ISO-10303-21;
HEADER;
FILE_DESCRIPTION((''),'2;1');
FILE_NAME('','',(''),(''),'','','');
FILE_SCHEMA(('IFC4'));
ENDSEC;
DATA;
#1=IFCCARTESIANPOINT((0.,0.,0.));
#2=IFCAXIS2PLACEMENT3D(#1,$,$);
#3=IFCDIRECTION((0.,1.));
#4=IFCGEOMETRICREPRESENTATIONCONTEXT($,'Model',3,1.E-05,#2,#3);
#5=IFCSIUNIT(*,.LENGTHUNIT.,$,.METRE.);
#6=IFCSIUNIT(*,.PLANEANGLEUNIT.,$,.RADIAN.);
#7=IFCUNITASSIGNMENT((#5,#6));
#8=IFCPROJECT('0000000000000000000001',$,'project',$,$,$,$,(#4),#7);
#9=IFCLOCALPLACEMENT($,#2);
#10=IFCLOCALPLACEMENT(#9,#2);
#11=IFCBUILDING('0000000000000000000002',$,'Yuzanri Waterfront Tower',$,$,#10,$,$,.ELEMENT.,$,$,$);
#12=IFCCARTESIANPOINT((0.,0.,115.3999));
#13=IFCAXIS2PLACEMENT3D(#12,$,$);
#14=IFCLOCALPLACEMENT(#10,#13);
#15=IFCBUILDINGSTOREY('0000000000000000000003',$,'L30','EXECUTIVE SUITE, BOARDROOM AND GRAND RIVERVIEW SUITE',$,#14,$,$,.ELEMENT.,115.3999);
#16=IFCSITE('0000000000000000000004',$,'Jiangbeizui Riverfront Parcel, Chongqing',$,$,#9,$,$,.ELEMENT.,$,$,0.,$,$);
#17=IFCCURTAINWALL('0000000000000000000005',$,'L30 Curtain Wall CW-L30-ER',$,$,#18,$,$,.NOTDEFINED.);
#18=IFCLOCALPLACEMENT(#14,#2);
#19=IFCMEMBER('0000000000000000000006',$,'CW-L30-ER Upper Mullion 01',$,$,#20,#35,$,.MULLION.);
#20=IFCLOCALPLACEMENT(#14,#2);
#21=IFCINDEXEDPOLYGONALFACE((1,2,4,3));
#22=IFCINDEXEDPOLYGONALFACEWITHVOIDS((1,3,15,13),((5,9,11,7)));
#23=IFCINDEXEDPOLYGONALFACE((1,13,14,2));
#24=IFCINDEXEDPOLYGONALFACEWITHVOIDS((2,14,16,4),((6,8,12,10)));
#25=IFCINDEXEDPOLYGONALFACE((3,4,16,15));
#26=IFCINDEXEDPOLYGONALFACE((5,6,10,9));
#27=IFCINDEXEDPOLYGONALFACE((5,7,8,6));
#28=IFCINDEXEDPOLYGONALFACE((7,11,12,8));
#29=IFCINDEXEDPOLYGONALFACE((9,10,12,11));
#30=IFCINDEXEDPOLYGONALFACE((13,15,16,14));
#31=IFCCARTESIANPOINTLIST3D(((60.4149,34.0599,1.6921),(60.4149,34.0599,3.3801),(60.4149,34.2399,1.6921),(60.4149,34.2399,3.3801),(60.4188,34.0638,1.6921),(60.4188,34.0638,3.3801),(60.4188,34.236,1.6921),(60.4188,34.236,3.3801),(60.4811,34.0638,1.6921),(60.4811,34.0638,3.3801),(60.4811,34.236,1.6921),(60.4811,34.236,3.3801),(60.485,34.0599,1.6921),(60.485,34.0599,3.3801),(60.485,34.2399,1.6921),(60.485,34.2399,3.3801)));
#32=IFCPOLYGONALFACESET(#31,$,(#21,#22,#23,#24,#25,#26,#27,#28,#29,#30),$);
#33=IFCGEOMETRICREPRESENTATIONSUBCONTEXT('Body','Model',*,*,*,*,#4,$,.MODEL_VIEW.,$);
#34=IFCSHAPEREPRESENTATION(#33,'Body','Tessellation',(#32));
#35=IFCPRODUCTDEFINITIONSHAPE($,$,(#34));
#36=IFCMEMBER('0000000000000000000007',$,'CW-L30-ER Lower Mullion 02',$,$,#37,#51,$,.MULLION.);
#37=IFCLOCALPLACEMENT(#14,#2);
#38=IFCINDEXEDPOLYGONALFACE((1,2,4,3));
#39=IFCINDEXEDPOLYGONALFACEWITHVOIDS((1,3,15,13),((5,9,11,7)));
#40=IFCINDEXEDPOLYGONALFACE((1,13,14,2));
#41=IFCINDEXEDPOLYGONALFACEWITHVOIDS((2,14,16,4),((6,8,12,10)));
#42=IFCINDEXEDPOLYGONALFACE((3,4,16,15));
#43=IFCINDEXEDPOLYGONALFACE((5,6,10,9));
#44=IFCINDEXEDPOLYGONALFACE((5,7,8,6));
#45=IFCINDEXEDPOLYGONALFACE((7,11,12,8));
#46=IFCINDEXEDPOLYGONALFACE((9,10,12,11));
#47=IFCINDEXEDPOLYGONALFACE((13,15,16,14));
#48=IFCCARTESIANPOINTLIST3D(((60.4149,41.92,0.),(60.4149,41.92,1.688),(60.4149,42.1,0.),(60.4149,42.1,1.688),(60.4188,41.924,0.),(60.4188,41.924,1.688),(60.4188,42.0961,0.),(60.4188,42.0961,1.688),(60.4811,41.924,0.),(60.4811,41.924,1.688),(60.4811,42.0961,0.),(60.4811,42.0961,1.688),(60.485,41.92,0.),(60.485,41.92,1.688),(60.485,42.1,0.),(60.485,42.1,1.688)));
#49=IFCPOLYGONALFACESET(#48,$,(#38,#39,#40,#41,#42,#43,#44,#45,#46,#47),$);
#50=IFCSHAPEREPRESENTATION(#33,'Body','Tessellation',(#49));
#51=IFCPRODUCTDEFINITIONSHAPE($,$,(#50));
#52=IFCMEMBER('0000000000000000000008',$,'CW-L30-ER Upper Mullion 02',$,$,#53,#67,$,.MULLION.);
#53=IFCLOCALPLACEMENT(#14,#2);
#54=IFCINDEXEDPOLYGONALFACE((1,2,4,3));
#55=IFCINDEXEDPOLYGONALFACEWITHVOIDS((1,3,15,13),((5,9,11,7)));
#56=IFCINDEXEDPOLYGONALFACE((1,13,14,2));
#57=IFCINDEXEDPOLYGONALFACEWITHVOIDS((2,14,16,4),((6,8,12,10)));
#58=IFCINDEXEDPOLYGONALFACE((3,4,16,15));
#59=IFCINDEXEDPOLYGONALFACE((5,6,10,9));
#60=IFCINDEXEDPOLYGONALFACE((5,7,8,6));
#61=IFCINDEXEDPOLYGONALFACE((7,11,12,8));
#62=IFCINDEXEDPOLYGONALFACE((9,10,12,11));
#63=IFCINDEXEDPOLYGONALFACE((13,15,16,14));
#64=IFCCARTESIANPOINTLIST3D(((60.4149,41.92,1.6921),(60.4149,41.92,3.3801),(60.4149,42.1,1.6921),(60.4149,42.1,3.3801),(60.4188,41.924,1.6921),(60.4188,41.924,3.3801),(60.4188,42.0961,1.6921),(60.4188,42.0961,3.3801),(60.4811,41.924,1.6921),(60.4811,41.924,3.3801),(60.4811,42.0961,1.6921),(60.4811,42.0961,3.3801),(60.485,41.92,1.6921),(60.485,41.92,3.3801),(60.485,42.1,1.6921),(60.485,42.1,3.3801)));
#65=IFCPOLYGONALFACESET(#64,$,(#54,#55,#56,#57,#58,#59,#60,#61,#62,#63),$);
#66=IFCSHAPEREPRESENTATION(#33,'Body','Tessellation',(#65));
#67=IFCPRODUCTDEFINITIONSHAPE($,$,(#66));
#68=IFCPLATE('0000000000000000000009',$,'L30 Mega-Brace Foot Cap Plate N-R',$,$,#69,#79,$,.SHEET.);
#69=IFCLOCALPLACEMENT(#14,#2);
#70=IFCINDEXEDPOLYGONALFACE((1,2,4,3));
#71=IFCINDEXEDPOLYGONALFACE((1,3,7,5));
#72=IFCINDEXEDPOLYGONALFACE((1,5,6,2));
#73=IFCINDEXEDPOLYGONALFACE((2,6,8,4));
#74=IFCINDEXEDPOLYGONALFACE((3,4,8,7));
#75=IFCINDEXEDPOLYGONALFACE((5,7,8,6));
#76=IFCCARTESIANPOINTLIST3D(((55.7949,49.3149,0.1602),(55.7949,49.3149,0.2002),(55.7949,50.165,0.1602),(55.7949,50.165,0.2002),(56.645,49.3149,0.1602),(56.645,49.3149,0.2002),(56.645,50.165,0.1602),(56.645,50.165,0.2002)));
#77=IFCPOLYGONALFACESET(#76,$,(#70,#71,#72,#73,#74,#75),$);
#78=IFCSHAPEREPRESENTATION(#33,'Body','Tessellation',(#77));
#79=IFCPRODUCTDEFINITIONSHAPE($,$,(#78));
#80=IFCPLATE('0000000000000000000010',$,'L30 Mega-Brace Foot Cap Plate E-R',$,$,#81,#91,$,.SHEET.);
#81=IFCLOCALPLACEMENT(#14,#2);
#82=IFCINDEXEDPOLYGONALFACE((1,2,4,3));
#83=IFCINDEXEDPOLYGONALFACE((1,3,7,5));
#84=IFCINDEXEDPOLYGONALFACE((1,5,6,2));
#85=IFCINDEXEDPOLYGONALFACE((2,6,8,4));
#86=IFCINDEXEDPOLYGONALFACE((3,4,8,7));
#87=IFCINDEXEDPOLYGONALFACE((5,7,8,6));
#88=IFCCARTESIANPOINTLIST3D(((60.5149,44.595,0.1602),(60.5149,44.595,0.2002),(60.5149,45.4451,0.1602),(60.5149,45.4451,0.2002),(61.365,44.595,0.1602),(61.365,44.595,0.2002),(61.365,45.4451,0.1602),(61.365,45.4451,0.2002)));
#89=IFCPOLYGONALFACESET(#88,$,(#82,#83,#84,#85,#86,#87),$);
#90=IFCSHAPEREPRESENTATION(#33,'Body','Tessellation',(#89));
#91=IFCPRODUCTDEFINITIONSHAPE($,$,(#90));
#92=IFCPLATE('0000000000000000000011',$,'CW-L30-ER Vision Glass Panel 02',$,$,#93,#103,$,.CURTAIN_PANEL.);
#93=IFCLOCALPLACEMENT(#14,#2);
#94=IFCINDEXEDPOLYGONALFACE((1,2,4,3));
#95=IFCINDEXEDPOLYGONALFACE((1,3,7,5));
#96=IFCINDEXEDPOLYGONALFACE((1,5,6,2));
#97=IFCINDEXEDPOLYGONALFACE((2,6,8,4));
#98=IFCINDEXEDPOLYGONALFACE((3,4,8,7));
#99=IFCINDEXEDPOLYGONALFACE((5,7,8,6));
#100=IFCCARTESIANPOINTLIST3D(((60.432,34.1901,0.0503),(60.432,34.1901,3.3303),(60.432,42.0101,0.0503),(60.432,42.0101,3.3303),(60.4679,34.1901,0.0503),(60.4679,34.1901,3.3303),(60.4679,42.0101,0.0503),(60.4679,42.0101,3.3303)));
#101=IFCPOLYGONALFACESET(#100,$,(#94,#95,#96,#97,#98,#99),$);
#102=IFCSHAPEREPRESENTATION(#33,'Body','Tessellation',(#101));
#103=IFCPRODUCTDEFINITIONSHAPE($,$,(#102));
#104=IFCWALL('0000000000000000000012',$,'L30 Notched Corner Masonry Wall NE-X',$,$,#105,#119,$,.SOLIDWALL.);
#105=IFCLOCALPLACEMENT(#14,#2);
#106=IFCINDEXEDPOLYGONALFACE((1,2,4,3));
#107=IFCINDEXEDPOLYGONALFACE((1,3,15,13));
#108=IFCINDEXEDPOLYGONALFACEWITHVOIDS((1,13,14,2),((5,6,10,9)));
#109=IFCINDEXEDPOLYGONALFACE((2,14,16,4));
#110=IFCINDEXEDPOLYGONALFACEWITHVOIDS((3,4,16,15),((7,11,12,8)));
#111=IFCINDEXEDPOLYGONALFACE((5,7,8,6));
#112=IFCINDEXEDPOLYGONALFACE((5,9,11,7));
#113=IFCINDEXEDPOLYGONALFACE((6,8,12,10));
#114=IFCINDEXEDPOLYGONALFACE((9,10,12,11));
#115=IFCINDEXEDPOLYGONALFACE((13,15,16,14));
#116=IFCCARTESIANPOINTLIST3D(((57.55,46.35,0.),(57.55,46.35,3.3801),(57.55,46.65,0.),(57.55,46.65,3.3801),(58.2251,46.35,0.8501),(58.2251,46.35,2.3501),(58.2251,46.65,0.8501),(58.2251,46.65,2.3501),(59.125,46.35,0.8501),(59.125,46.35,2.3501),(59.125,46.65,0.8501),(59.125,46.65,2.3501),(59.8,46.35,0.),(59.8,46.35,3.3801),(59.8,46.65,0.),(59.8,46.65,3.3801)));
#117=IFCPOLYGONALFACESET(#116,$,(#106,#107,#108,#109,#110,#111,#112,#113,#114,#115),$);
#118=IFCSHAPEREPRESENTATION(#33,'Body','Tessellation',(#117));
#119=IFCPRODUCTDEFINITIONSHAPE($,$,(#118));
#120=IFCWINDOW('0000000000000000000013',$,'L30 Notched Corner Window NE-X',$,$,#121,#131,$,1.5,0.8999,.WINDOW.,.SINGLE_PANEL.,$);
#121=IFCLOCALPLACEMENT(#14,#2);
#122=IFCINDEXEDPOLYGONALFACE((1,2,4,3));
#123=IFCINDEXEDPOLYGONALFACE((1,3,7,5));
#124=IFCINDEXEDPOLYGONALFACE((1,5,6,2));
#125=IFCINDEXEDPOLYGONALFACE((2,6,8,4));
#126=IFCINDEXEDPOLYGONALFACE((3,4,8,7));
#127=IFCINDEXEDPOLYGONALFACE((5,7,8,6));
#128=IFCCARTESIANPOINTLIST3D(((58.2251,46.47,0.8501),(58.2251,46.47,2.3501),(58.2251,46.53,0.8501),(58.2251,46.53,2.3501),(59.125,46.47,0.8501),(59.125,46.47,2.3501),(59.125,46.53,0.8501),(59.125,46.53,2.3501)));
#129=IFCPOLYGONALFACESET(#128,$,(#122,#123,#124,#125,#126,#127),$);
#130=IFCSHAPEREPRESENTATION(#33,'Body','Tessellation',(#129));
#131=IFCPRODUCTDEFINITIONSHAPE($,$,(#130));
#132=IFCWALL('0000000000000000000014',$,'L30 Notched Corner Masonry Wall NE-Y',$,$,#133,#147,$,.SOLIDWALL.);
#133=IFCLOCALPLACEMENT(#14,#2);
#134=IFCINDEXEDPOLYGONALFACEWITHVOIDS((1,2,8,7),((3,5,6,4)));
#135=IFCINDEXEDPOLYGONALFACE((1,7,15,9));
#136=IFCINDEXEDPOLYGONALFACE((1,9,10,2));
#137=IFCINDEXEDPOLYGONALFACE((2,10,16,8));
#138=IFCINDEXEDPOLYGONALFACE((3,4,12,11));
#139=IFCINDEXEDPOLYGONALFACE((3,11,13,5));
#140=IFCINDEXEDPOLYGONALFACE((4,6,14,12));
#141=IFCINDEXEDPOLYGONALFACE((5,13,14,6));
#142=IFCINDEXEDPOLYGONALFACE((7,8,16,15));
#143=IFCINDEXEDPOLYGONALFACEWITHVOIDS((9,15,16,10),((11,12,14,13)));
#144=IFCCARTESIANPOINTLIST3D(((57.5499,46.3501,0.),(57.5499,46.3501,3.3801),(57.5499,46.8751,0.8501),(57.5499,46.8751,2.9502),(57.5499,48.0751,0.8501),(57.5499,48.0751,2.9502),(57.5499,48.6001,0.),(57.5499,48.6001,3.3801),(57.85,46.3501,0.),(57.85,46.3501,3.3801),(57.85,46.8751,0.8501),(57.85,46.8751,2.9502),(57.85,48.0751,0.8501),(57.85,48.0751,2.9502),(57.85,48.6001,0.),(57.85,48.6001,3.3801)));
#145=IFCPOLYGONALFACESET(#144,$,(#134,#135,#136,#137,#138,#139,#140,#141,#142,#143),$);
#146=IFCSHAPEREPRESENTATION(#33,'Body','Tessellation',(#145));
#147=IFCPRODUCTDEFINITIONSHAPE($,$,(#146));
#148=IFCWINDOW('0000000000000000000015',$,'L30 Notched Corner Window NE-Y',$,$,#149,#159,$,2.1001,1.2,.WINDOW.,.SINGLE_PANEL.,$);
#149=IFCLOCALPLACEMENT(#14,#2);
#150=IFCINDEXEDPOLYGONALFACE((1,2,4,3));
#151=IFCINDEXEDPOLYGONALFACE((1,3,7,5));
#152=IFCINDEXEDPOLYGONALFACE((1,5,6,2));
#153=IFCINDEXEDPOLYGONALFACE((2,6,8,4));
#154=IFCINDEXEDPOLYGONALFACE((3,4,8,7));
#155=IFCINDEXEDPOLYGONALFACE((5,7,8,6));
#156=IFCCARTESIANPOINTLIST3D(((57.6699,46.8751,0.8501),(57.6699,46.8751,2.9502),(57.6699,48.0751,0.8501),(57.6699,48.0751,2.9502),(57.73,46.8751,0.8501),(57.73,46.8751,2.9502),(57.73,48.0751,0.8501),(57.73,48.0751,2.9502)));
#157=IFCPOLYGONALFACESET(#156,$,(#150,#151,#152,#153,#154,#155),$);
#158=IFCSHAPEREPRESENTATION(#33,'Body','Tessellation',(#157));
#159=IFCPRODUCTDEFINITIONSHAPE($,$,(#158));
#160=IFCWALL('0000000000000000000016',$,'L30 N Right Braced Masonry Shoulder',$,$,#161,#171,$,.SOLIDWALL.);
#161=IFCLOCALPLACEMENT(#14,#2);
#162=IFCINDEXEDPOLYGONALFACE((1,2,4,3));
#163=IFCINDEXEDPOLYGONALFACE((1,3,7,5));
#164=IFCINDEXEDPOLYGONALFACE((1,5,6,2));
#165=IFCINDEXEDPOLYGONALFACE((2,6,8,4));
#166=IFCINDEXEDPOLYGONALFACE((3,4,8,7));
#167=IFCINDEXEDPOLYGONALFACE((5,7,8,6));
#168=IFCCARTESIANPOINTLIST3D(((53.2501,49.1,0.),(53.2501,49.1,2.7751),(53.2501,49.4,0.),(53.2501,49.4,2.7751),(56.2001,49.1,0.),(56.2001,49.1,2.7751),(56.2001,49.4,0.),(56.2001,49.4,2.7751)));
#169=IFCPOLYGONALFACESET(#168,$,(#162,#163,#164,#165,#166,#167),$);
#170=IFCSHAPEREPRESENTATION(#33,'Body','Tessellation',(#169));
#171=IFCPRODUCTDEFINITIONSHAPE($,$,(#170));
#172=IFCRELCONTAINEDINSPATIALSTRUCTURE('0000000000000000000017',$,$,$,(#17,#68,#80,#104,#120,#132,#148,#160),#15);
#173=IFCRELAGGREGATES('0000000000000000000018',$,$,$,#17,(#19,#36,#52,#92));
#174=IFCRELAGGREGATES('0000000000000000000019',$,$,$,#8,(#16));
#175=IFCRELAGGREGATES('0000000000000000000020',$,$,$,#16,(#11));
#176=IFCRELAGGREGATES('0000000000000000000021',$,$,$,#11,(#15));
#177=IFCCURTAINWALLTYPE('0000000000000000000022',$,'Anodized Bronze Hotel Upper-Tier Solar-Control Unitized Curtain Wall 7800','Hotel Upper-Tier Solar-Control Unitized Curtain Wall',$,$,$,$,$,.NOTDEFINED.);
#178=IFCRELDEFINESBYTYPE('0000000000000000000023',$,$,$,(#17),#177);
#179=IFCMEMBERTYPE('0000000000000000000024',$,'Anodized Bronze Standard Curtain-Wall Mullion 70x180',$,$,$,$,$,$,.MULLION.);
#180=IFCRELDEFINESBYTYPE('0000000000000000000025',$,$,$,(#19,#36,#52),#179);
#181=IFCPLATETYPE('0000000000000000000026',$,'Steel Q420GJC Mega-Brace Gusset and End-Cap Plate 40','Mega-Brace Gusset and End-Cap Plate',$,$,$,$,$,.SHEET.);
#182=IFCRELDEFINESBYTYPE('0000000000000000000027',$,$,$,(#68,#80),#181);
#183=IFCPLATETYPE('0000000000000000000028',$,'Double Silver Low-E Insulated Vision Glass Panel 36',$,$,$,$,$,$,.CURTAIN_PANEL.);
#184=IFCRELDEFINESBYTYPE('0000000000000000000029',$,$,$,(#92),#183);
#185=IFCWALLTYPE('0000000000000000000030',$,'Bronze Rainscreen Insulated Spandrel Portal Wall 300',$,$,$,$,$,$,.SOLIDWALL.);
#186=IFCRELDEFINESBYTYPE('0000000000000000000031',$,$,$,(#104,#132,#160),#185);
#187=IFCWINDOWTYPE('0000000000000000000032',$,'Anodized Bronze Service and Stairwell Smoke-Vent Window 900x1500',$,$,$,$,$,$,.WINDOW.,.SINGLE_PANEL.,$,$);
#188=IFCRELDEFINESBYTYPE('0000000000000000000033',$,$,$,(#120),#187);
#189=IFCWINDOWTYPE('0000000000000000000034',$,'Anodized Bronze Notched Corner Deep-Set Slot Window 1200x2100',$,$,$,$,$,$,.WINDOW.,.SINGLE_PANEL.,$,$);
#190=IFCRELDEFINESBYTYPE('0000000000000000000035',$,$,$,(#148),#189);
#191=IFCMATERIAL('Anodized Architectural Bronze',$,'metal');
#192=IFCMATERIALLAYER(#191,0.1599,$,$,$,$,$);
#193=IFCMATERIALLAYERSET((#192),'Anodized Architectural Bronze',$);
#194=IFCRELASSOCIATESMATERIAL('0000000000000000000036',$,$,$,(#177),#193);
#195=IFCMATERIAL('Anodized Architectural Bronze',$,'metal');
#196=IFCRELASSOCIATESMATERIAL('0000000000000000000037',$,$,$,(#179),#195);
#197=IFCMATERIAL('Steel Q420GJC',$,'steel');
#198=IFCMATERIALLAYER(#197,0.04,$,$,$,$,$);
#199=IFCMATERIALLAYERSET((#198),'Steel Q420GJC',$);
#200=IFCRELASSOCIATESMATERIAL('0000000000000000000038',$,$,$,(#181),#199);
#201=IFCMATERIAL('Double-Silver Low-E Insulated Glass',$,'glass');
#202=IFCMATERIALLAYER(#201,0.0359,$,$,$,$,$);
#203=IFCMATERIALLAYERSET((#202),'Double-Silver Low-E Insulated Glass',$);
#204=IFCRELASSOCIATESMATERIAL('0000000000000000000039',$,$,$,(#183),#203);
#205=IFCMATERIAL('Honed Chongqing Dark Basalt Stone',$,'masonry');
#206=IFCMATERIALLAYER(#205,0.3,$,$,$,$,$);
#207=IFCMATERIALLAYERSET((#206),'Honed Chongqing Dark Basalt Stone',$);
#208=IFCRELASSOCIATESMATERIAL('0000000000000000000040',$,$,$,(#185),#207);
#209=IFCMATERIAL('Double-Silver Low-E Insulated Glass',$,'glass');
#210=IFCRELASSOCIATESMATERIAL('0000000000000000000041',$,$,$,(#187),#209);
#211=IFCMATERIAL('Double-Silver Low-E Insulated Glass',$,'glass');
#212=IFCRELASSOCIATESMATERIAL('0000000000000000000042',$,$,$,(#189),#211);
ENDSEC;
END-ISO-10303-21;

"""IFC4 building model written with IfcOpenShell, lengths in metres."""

from ifc_helpers import new_model, si_unit, direction, frame, frame_2d, origin, origin_2d, place, context, subcontext, project, spatial, rectangle, hollow_rectangle, extrude, source, transform, mapped, material, layer, layer_set, material_profile, profile_set, type_object, element, fill, aggregate, save


model = new_model("IFC4")

# Units and contexts
model_context = context("Model", 3, precision=1e-05, world=origin(), true_north=direction((0.0, 1.0)))
body_context = subcontext(model_context, "Body", "Model", "MODEL_VIEW")
ifc_project = project(units=[si_unit("LENGTHUNIT", "METRE"), si_unit("PLANEANGLEUNIT", "RADIAN")], contexts=[model_context])

# Site, building, storey
site_placement = place(None, origin())
site = spatial("IfcSite", under=ifc_project, at=site_placement, Name="Jiangbeizui Riverfront Parcel, Chongqing", CompositionType="ELEMENT", RefElevation=0.0)
building_placement = place(site_placement, origin())
building = spatial("IfcBuilding", under=site, at=building_placement, Name="Yuzanri Waterfront Tower", CompositionType="ELEMENT")
storey_placement = place(building_placement, frame((0.0, 0.0, 115.3999)))
storey = spatial("IfcBuildingStorey", under=building, at=storey_placement, Name="L30", Description="EXECUTIVE SUITE, BOARDROOM AND GRAND RIVERVIEW SUITE", CompositionType="ELEMENT", Elevation=115.3999)

# Curtain wall, members
ifc_material_1 = material(Name="Anodized Architectural Bronze", Category="metal")
ifc_layer_1 = layer(ifc_material_1, 0.1599)
ifc_layer_set_1 = layer_set([ifc_layer_1], Name="Anodized Architectural Bronze")
curtain_wall_type = type_object("IfcCurtainWallType", Name="Anodized Bronze Hotel Upper-Tier Solar-Control Unitized Curtain Wall 7800", Description="Hotel Upper-Tier Solar-Control Unitized Curtain Wall", PredefinedType="NOTDEFINED", material=ifc_layer_set_1)
ifc_material_2 = material(Name="Anodized Architectural Bronze", Category="metal")
ifc_material_profile_1 = material_profile(ifc_material_2, hollow_rectangle(XDim=0.0701, YDim=0.1799, WallThickness=0.0039, at=origin_2d()), Name="CWM 70x180")
ifc_profile_set_1 = profile_set([ifc_material_profile_1], Name="Anodized Architectural Bronze")
member_type_1 = type_object("IfcMemberType", Name="Anodized Bronze Standard Curtain-Wall Mullion 70x180", PredefinedType="MULLION", material=ifc_profile_set_1)
shared_shape_1 = source(origin(), body_context, "Body", "SweptSolid", [
    extrude(hollow_rectangle(XDim=0.0701, YDim=0.1799, WallThickness=0.0039, at=origin_2d()), origin(), (0.0, 0.0, 1.0), 1.688),
])
curtain_wall_1_placement = place(storey_placement, origin())
curtain_wall_1 = element("IfcCurtainWall", 1, at=curtain_wall_1_placement, inside=storey, type_object=curtain_wall_type, Name="L30 Curtain Wall CW-L30-ER", PredefinedType="NOTDEFINED")
member_1_placement = place(storey_placement, frame((60.45, 34.1499, 1.6921), z_axis=(0.0, 0.0, 1.0), x_axis=(1.0, 0.0, 0.0)))
member_1 = element("IfcMember", 2, at=member_1_placement, type_object=member_type_1, Name="CW-L30-ER Upper Mullion 01", PredefinedType="MULLION", context=body_context, shape_type="MappedRepresentation", body=[
    mapped(shared_shape_1, transform((0.0, 0.0, 0.0), scale=1.0)),
])
member_2_placement = place(storey_placement, frame((60.45, 42.01, 0.0), z_axis=(0.0, 0.0, 1.0), x_axis=(1.0, 0.0, 0.0)))
member_2 = element("IfcMember", 3, at=member_2_placement, type_object=member_type_1, Name="CW-L30-ER Lower Mullion 02", PredefinedType="MULLION", context=body_context, shape_type="MappedRepresentation", body=[
    mapped(shared_shape_1, transform((0.0, 0.0, 0.0), scale=1.0)),
])
member_3_placement = place(storey_placement, frame((60.45, 42.01, 1.6921), z_axis=(0.0, 0.0, 1.0), x_axis=(1.0, 0.0, 0.0)))
member_3 = element("IfcMember", 4, at=member_3_placement, type_object=member_type_1, Name="CW-L30-ER Upper Mullion 02", PredefinedType="MULLION", context=body_context, shape_type="MappedRepresentation", body=[
    mapped(shared_shape_1, transform((0.0, 0.0, 0.0), scale=1.0)),
])

# Plates
ifc_material_3 = material(Name="Steel Q420GJC", Category="steel")
ifc_layer_2 = layer(ifc_material_3, 0.04)
ifc_layer_set_2 = layer_set([ifc_layer_2], Name="Steel Q420GJC")
plate_type_1 = type_object("IfcPlateType", Name="Steel Q420GJC Mega-Brace Gusset and End-Cap Plate 40", Description="Mega-Brace Gusset and End-Cap Plate", PredefinedType="SHEET", material=ifc_layer_set_2)
shared_shape_2 = source(origin(), body_context, "Body", "SweptSolid", [
    extrude(rectangle(XDim=0.8501, YDim=0.8501, at=origin_2d()), origin(), (0.0, 0.0, 1.0), 0.04),
])
for number, where, z_axis, x_axis, name in (
    (5, (56.22, 49.74, 0.1602), (0.0, 0.0, 1.0), (1.0, 0.0, 0.0), "L30 Mega-Brace Foot Cap Plate N-R"),
    (6, (60.9399, 45.02, 0.1602), (0.0, 0.0, 1.0), (1.0, 0.0, 0.0), "L30 Mega-Brace Foot Cap Plate E-R"),
):
    element("IfcPlate", number, at=place(storey_placement, frame(where, z_axis=z_axis, x_axis=x_axis)), inside=storey, type_object=plate_type_1, Name=name, PredefinedType="SHEET", context=body_context, shape_type="MappedRepresentation", body=[
        mapped(shared_shape_2, transform((0.0, 0.0, 0.0), scale=1.0)),
    ])

# Plate
ifc_material_4 = material(Name="Double-Silver Low-E Insulated Glass", Category="glass")
ifc_layer_3 = layer(ifc_material_4, 0.0359)
ifc_layer_set_3 = layer_set([ifc_layer_3], Name="Double-Silver Low-E Insulated Glass")
plate_type_2 = type_object("IfcPlateType", Name="Double Silver Low-E Insulated Vision Glass Panel 36", PredefinedType="CURTAIN_PANEL", material=ifc_layer_set_3)
shared_shape_3 = source(origin(), body_context, "Body", "SweptSolid", [
    extrude(rectangle(XDim=7.8201, YDim=0.0359, at=origin_2d()), origin(), (0.0, 0.0, 1.0), 3.28),
])
plate_placement = place(storey_placement, frame((60.45, 38.1001, 0.0503), z_axis=(0.0, 0.0, 1.0), x_axis=(0.0, 1.0, 0.0)))
plate = element("IfcPlate", 7, at=plate_placement, type_object=plate_type_2, Name="CW-L30-ER Vision Glass Panel 02", PredefinedType="CURTAIN_PANEL", context=body_context, shape_type="MappedRepresentation", body=[
    mapped(shared_shape_3, transform((0.0, 0.0, 0.0), scale=1.0)),
])
aggregate(curtain_wall_1, [member_1, member_2, member_3, plate])

# Walls, openings, windows
ifc_material_5 = material(Name="Honed Chongqing Dark Basalt Stone", Category="masonry")
ifc_layer_4 = layer(ifc_material_5, 0.3)
ifc_layer_set_4 = layer_set([ifc_layer_4], Name="Honed Chongqing Dark Basalt Stone")
wall_type_1 = type_object("IfcWallType", Name="Bronze Rainscreen Insulated Spandrel Portal Wall 300", PredefinedType="SOLIDWALL", material=ifc_layer_set_4)
wall_1_placement = place(storey_placement, frame((59.8, 46.5, 0.0), z_axis=(0.0, 0.0, 1.0), x_axis=(-1.0, 0.0, 0.0)))
wall_1 = element("IfcWall", 8, at=wall_1_placement, inside=storey, type_object=wall_type_1, Name="L30 Notched Corner Masonry Wall NE-X", PredefinedType="SOLIDWALL", context=body_context, shape_type="SweptSolid", body=[
    extrude(rectangle(XDim=2.25, YDim=0.3, at=frame_2d((1.125, 0.0))), origin(), (0.0, 0.0, 1.0), 3.3801),
])
opening_1_placement = place(wall_1_placement, frame((0.675, 0.0, 0.8501)))
opening_1 = element("IfcOpeningElement", 9, at=opening_1_placement, cuts=wall_1, PredefinedType="OPENING", context=body_context, shape_type="SweptSolid", body=[
    extrude(rectangle(XDim=0.8999, YDim=1.5, at=frame_2d((0.45, 0.75))), frame((0.0, 0.165, 0.0), z_axis=(0.0, -1.0, 0.0), x_axis=(1.0, 0.0, 0.0)), (0.0, 0.0, 1.0), 0.3298),
])
ifc_material_6 = material(Name="Double-Silver Low-E Insulated Glass", Category="glass")
window_type_1 = type_object("IfcWindowType", Name="Anodized Bronze Service and Stairwell Smoke-Vent Window 900x1500", PartitioningType="SINGLE_PANEL", PredefinedType="WINDOW", material=ifc_material_6)
shared_shape_4 = source(origin(), body_context, "Body", "SweptSolid", [
    extrude(rectangle(XDim=0.8999, YDim=1.5, at=frame_2d((0.45, 0.75))), frame((0.0, 0.03, 0.0), z_axis=(0.0, -1.0, 0.0), x_axis=(1.0, 0.0, 0.0)), (0.0, 0.0, 1.0), 0.0601),
])
window_1_placement = place(opening_1_placement, origin())
window_1 = element("IfcWindow", 10, at=window_1_placement, inside=storey, type_object=window_type_1, Name="L30 Notched Corner Window NE-X", OverallHeight=1.5, OverallWidth=0.8999, PartitioningType="SINGLE_PANEL", PredefinedType="WINDOW", context=body_context, shape_type="MappedRepresentation", body=[
    mapped(shared_shape_4, transform((0.0, 0.0, 0.0), scale=1.0)),
])
fill(opening_1, window_1)
wall_2_placement = place(storey_placement, frame((57.7, 46.3501, 0.0), z_axis=(0.0, 0.0, 1.0), x_axis=(0.0, 1.0, 0.0)))
wall_2 = element("IfcWall", 11, at=wall_2_placement, inside=storey, type_object=wall_type_1, Name="L30 Notched Corner Masonry Wall NE-Y", PredefinedType="SOLIDWALL", context=body_context, shape_type="SweptSolid", body=[
    extrude(rectangle(XDim=2.25, YDim=0.3, at=frame_2d((1.125, 0.0))), origin(), (0.0, 0.0, 1.0), 3.3801),
])
opening_2_placement = place(wall_2_placement, frame((0.5249, 0.0, 0.8501)))
opening_2 = element("IfcOpeningElement", 12, at=opening_2_placement, cuts=wall_2, PredefinedType="OPENING", context=body_context, shape_type="SweptSolid", body=[
    extrude(rectangle(XDim=1.2, YDim=2.1001, at=frame_2d((0.6001, 1.05))), frame((0.0, 0.165, 0.0), z_axis=(0.0, -1.0, 0.0), x_axis=(1.0, 0.0, 0.0)), (0.0, 0.0, 1.0), 0.3298),
])
ifc_material_7 = material(Name="Double-Silver Low-E Insulated Glass", Category="glass")
window_type_2 = type_object("IfcWindowType", Name="Anodized Bronze Notched Corner Deep-Set Slot Window 1200x2100", PartitioningType="SINGLE_PANEL", PredefinedType="WINDOW", material=ifc_material_7)
shared_shape_5 = source(origin(), body_context, "Body", "SweptSolid", [
    extrude(rectangle(XDim=1.2, YDim=2.1001, at=frame_2d((0.6001, 1.05))), frame((0.0, 0.03, 0.0), z_axis=(0.0, -1.0, 0.0), x_axis=(1.0, 0.0, 0.0)), (0.0, 0.0, 1.0), 0.0601),
])
window_2_placement = place(opening_2_placement, origin())
window_2 = element("IfcWindow", 13, at=window_2_placement, inside=storey, type_object=window_type_2, Name="L30 Notched Corner Window NE-Y", OverallHeight=2.1001, OverallWidth=1.2, PartitioningType="SINGLE_PANEL", PredefinedType="WINDOW", context=body_context, shape_type="MappedRepresentation", body=[
    mapped(shared_shape_5, transform((0.0, 0.0, 0.0), scale=1.0)),
])
fill(opening_2, window_2)

# Wall
shared_shape_6 = source(origin(), body_context, "Body", "SweptSolid", [
    extrude(rectangle(XDim=2.95, YDim=0.3, at=frame_2d((1.4751, 0.0))), origin(), (0.0, 0.0, 1.0), 2.7751),
])
for number, where, z_axis, x_axis, name in (
    (14, (53.25, 49.25, 0.0), (0.0, 0.0, 1.0), (1.0, 0.0, 0.0), "L30 N Right Braced Masonry Shoulder"),
):
    element("IfcWall", number, at=place(storey_placement, frame(where, z_axis=z_axis, x_axis=x_axis)), inside=storey, type_object=wall_type_1, Name=name, PredefinedType="SOLIDWALL", context=body_context, shape_type="MappedRepresentation", body=[
        mapped(shared_shape_6, transform((0.0, 0.0, 0.0), scale=1.0)),
    ])

save(model, "model.ifc")
